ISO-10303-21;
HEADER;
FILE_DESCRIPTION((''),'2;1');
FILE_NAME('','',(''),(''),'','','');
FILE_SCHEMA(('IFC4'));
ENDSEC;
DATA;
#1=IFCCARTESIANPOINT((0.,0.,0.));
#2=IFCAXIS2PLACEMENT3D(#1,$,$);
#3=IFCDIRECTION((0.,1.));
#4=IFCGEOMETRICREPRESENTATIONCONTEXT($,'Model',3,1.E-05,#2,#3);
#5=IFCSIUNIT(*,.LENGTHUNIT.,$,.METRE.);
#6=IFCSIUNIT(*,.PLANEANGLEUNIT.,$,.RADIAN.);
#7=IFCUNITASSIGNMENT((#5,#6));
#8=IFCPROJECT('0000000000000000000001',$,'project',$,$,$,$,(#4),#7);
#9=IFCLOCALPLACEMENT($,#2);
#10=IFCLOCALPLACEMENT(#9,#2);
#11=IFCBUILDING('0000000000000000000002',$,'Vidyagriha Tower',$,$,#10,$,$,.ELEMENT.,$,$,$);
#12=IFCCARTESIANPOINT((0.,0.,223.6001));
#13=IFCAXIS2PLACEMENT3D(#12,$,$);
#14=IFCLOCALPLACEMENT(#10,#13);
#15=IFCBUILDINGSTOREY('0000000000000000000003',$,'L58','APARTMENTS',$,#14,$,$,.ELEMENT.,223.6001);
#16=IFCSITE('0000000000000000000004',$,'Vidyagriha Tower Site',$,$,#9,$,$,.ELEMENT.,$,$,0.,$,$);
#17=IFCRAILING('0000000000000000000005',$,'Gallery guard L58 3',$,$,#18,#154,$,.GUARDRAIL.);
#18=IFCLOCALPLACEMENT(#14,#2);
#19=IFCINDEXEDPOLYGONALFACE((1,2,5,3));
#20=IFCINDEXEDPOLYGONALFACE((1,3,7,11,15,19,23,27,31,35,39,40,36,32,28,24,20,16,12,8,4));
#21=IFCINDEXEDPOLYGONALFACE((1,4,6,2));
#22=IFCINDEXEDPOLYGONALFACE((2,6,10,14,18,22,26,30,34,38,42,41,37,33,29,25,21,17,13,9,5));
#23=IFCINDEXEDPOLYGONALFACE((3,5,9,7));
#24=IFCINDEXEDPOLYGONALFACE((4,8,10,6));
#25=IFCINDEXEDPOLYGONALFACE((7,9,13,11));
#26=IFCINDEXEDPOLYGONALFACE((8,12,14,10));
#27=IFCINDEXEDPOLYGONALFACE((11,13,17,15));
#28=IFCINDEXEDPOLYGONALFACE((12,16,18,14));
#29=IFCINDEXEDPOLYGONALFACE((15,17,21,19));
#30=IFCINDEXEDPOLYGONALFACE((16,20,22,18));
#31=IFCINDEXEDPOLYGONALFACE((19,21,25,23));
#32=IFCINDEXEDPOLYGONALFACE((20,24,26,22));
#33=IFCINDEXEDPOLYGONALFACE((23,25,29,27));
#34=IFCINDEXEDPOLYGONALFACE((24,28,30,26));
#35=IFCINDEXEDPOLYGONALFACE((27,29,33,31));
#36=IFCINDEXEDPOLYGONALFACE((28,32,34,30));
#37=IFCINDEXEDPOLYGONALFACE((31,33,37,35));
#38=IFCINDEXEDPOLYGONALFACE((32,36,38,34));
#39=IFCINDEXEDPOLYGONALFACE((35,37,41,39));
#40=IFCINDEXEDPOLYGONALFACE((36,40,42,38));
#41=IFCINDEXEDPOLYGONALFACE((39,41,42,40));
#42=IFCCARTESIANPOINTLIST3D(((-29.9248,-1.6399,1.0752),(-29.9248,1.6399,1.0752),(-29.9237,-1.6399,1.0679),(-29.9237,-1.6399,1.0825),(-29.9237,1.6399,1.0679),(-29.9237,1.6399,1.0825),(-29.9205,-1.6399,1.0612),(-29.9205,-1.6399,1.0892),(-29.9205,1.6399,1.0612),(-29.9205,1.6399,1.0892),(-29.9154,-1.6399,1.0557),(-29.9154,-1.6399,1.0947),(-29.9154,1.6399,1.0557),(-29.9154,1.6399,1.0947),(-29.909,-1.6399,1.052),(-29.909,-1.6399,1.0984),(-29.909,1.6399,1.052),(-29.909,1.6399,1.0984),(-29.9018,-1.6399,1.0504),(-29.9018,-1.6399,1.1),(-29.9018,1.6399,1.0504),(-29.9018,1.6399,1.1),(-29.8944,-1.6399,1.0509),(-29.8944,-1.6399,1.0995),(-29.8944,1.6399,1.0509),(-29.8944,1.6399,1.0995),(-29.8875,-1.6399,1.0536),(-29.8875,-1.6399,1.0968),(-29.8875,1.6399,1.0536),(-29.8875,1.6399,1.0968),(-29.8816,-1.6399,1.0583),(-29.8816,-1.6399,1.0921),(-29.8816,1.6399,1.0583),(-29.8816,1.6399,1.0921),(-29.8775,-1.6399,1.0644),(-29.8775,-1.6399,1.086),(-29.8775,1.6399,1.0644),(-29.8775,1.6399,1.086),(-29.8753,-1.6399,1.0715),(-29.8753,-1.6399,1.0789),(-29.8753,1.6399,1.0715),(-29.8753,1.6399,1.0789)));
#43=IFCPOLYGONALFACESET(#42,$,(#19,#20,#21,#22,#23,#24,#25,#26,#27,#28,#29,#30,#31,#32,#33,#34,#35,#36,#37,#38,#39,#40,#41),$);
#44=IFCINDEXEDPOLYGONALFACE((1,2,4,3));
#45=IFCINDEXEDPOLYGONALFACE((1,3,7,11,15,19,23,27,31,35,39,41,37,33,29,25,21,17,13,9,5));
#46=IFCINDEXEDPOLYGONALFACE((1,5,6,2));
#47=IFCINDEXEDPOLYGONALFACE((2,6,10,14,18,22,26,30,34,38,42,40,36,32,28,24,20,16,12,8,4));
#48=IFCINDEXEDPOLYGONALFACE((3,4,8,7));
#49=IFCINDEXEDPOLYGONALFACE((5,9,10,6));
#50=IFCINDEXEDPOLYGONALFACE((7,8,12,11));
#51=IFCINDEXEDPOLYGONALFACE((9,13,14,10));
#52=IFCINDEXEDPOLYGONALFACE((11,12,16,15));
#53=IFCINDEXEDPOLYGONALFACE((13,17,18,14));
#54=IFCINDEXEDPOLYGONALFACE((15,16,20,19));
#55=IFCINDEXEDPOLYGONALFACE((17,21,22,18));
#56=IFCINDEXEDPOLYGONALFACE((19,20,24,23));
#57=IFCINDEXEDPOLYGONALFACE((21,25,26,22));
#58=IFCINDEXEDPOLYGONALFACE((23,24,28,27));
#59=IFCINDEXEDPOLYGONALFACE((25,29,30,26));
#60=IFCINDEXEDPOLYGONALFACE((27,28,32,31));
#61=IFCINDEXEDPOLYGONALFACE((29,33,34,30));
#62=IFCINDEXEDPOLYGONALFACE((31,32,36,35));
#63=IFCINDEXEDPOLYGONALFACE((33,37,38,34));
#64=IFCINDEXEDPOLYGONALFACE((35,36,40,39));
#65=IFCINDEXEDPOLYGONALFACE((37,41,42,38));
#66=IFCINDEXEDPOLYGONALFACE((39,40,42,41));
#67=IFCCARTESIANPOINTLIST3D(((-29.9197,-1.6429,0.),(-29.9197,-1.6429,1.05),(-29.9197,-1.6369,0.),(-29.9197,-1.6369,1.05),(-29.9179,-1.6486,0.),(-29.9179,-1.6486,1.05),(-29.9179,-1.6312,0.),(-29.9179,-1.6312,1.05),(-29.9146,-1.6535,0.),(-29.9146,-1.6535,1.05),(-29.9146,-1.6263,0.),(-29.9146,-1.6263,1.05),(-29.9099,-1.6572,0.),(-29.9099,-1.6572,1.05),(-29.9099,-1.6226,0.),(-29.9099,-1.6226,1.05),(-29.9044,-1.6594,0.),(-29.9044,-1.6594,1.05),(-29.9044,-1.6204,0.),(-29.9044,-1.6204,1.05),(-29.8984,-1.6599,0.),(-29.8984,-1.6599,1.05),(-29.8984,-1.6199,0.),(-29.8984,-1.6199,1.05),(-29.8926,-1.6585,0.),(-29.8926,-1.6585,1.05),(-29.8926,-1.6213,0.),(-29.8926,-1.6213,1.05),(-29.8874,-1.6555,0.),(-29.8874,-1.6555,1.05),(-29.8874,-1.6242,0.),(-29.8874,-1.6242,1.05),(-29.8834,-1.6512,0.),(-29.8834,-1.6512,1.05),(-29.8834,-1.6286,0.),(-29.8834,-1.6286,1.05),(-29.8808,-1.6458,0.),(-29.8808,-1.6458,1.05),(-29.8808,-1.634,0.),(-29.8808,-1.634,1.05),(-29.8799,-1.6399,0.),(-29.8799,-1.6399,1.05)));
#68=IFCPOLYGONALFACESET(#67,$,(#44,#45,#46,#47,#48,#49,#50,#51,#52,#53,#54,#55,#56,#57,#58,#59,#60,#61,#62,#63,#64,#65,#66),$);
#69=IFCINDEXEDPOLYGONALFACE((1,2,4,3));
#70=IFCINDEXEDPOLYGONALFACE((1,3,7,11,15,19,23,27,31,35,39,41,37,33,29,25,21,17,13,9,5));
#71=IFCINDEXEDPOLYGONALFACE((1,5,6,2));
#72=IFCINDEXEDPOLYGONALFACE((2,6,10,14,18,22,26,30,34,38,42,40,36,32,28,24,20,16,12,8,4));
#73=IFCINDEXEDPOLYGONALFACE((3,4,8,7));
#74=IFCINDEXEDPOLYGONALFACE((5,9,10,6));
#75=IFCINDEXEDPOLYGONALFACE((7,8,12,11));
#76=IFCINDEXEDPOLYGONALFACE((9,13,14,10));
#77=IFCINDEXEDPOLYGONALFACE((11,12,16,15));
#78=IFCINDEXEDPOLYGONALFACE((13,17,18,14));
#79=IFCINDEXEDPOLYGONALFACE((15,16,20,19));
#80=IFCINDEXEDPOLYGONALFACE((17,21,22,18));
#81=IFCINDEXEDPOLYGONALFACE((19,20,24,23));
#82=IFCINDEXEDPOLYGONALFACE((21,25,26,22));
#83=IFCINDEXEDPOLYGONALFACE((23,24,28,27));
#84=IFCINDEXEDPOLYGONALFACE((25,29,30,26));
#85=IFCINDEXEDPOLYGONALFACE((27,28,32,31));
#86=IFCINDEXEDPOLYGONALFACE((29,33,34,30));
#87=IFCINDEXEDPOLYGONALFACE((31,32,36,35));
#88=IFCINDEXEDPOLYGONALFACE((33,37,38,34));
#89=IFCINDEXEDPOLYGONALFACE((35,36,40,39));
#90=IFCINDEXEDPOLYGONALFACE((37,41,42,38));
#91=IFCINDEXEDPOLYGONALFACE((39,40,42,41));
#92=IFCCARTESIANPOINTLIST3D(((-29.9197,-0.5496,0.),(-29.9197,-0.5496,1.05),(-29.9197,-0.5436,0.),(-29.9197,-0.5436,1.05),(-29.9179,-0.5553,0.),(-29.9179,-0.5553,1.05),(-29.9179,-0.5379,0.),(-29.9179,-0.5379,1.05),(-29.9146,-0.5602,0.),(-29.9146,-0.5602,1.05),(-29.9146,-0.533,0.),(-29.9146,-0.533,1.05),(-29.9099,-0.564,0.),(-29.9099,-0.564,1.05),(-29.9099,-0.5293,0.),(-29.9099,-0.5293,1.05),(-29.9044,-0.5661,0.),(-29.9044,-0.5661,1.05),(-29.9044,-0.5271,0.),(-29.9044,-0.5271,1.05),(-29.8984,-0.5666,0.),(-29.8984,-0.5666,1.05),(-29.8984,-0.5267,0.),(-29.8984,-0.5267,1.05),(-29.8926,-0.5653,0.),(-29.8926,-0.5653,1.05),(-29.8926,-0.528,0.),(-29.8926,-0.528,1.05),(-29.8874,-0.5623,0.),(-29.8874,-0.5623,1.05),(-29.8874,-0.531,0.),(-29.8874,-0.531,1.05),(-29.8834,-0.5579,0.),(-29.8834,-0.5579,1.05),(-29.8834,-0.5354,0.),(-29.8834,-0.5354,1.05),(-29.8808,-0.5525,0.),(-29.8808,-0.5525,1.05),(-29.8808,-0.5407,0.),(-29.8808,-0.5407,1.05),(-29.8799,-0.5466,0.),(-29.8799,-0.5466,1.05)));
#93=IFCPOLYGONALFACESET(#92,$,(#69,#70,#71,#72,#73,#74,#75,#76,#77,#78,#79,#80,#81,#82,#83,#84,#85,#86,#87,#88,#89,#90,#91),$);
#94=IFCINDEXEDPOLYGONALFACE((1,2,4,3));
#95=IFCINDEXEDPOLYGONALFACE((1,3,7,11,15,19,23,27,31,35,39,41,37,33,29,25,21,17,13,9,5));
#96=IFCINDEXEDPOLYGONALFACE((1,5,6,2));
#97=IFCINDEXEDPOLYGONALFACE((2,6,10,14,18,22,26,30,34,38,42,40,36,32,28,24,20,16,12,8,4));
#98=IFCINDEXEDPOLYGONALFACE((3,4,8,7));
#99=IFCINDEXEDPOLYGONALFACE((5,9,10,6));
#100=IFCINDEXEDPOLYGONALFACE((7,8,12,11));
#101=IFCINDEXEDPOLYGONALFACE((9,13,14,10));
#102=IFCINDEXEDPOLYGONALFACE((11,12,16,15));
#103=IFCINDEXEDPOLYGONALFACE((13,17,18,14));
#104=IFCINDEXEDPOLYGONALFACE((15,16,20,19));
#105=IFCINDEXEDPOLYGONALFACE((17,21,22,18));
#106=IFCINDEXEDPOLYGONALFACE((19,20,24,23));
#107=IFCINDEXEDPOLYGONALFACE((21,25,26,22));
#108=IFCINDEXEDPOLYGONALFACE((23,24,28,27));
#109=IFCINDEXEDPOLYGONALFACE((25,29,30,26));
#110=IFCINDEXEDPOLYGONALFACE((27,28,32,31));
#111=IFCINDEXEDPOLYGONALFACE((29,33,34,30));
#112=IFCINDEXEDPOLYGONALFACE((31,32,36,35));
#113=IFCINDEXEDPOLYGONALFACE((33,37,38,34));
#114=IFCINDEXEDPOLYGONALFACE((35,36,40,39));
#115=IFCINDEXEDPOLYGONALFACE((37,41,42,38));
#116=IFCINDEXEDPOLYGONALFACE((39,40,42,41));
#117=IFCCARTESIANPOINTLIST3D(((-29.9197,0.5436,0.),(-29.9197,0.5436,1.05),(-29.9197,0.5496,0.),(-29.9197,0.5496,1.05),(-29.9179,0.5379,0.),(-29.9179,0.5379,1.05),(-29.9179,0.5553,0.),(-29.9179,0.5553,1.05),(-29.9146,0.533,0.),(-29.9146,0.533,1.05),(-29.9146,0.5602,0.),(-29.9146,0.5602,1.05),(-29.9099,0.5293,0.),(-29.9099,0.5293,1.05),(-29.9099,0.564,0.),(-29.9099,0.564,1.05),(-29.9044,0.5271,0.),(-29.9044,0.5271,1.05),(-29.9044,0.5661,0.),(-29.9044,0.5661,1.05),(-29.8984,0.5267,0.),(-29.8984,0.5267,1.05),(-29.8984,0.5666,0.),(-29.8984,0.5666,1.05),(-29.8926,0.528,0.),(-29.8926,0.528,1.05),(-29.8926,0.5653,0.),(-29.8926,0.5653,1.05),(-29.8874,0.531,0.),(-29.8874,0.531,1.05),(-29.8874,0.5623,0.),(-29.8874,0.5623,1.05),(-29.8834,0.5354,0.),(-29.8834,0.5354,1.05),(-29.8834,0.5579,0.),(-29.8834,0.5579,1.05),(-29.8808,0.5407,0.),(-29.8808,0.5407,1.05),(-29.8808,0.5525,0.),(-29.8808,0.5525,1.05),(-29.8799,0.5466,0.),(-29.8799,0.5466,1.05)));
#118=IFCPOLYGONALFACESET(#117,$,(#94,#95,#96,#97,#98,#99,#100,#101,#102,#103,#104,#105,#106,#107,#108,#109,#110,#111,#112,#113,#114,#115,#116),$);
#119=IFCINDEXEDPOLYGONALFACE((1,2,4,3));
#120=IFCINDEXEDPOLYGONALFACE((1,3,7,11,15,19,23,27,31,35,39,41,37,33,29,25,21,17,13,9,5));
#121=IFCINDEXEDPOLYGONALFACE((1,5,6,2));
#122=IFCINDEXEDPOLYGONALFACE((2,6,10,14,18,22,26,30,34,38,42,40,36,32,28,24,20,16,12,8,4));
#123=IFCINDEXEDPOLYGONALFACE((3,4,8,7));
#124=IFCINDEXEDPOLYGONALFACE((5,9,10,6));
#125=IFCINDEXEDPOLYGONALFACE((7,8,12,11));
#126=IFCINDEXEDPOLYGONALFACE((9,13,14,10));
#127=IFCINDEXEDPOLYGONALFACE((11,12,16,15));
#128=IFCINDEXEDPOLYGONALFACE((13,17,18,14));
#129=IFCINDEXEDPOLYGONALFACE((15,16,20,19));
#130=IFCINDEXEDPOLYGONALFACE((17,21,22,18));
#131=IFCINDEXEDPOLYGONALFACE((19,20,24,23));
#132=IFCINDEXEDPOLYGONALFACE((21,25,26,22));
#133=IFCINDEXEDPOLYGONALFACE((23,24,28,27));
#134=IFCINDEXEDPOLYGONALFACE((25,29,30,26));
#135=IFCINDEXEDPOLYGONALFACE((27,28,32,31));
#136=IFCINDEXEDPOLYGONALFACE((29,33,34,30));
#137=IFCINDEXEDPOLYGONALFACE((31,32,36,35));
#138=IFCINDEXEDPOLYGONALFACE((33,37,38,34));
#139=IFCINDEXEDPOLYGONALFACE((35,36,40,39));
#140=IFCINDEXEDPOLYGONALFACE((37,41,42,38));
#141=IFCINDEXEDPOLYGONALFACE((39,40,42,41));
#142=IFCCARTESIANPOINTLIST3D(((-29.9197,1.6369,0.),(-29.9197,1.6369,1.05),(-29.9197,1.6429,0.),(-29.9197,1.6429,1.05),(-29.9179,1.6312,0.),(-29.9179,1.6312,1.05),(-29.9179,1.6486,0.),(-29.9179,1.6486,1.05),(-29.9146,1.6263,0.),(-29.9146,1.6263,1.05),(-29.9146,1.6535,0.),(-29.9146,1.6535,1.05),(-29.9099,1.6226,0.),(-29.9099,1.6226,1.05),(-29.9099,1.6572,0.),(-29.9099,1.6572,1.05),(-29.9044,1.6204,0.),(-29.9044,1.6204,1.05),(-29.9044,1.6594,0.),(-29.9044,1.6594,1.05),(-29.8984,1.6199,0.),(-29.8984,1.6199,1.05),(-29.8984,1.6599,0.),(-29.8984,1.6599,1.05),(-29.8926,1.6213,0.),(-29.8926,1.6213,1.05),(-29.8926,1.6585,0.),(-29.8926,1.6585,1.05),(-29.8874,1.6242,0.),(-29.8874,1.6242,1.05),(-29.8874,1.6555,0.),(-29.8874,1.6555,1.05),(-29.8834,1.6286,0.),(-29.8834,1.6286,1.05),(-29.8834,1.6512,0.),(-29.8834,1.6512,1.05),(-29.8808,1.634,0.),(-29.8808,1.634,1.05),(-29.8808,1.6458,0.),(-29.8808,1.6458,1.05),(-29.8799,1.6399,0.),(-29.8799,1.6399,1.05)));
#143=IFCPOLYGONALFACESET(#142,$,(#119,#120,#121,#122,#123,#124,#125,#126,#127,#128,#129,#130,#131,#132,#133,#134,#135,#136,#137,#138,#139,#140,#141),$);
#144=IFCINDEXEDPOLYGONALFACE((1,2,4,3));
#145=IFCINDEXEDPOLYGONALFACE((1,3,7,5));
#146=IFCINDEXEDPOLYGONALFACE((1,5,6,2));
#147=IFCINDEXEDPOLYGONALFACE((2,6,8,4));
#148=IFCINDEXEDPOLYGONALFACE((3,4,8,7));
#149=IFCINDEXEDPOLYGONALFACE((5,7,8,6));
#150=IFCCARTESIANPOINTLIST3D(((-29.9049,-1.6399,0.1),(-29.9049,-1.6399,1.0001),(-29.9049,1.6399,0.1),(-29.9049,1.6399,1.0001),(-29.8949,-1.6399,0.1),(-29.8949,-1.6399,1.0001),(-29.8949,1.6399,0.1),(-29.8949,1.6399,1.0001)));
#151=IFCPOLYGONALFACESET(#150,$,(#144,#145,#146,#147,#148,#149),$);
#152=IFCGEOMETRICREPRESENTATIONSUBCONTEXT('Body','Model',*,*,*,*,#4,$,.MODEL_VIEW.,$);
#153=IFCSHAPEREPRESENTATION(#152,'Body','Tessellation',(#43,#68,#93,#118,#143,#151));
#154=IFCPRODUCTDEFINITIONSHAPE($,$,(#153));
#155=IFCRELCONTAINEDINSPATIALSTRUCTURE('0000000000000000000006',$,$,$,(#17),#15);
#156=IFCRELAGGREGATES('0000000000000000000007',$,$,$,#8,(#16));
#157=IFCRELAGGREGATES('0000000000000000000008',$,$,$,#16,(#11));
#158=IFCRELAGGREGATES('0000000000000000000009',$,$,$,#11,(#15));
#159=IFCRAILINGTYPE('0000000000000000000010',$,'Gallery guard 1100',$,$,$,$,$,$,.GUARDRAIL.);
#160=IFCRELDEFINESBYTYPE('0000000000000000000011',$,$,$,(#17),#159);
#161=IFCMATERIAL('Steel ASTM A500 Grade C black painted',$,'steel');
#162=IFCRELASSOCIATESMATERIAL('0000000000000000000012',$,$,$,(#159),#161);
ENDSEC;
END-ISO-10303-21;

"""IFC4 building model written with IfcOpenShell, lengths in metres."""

from ifc_helpers import new_model, si_unit, direction, frame, origin, origin_2d, place, context, subcontext, project, spatial, rectangle, circle, extrude, material, type_object, element, save


model = new_model("IFC4")

# Units and contexts
model_context = context("Model", 3, precision=1e-05, world=origin(), true_north=direction((0.0, 1.0)))
body_context = subcontext(model_context, "Body", "Model", "MODEL_VIEW")
ifc_project = project(units=[si_unit("LENGTHUNIT", "METRE"), si_unit("PLANEANGLEUNIT", "RADIAN")], contexts=[model_context])

# Site, building, storey
site_placement = place(None, origin())
site = spatial("IfcSite", under=ifc_project, at=site_placement, Name="Vidyagriha Tower Site", CompositionType="ELEMENT", RefElevation=0.0)
building_placement = place(site_placement, origin())
building = spatial("IfcBuilding", under=site, at=building_placement, Name="Vidyagriha Tower", CompositionType="ELEMENT")
storey_placement = place(building_placement, frame((0.0, 0.0, 223.6001)))
storey = spatial("IfcBuildingStorey", under=building, at=storey_placement, Name="L58", Description="APARTMENTS", CompositionType="ELEMENT", Elevation=223.6001)

# Railing
ifc_material_1 = material(Name="Steel ASTM A500 Grade C black painted", Category="steel")
railing_type_1 = type_object("IfcRailingType", Name="Gallery guard 1100", PredefinedType="GUARDRAIL", material=ifc_material_1)
railing_1_placement = place(storey_placement, frame((-29.8999, -1.6399, 0.0)))
element("IfcRailing", 1, at=railing_1_placement, inside=storey, type_object=railing_type_1, Name="Gallery guard L58 3", PredefinedType="GUARDRAIL", context=body_context, shape_type="SweptSolid", body=[
    extrude(circle(Radius=0.0249, at=origin_2d()), frame((0.0, 0.0, 1.0752), z_axis=(0.0, 1.0, 0.0), x_axis=(-1.0, 0.0, 0.0)), (0.0, 0.0, 1.0), 3.2798),
    extrude(circle(Radius=0.02, at=origin_2d()), origin(), (0.0, 0.0, 1.0), 1.05),
    extrude(circle(Radius=0.02, at=origin_2d()), frame((0.0, 1.0933, 0.0)), (0.0, 0.0, 1.0), 1.05),
    extrude(circle(Radius=0.02, at=origin_2d()), frame((0.0, 2.1865, 0.0)), (0.0, 0.0, 1.0), 1.05),
    extrude(circle(Radius=0.02, at=origin_2d()), frame((0.0, 3.2798, 0.0)), (0.0, 0.0, 1.0), 1.05),
    extrude(rectangle(XDim=0.01, YDim=0.9001, at=origin_2d()), frame((0.0, 0.0, 0.55), z_axis=(0.0, 1.0, 0.0), x_axis=(-1.0, 0.0, 0.0)), (0.0, 0.0, 1.0), 3.2798),
])

save(model, "model.ifc")
